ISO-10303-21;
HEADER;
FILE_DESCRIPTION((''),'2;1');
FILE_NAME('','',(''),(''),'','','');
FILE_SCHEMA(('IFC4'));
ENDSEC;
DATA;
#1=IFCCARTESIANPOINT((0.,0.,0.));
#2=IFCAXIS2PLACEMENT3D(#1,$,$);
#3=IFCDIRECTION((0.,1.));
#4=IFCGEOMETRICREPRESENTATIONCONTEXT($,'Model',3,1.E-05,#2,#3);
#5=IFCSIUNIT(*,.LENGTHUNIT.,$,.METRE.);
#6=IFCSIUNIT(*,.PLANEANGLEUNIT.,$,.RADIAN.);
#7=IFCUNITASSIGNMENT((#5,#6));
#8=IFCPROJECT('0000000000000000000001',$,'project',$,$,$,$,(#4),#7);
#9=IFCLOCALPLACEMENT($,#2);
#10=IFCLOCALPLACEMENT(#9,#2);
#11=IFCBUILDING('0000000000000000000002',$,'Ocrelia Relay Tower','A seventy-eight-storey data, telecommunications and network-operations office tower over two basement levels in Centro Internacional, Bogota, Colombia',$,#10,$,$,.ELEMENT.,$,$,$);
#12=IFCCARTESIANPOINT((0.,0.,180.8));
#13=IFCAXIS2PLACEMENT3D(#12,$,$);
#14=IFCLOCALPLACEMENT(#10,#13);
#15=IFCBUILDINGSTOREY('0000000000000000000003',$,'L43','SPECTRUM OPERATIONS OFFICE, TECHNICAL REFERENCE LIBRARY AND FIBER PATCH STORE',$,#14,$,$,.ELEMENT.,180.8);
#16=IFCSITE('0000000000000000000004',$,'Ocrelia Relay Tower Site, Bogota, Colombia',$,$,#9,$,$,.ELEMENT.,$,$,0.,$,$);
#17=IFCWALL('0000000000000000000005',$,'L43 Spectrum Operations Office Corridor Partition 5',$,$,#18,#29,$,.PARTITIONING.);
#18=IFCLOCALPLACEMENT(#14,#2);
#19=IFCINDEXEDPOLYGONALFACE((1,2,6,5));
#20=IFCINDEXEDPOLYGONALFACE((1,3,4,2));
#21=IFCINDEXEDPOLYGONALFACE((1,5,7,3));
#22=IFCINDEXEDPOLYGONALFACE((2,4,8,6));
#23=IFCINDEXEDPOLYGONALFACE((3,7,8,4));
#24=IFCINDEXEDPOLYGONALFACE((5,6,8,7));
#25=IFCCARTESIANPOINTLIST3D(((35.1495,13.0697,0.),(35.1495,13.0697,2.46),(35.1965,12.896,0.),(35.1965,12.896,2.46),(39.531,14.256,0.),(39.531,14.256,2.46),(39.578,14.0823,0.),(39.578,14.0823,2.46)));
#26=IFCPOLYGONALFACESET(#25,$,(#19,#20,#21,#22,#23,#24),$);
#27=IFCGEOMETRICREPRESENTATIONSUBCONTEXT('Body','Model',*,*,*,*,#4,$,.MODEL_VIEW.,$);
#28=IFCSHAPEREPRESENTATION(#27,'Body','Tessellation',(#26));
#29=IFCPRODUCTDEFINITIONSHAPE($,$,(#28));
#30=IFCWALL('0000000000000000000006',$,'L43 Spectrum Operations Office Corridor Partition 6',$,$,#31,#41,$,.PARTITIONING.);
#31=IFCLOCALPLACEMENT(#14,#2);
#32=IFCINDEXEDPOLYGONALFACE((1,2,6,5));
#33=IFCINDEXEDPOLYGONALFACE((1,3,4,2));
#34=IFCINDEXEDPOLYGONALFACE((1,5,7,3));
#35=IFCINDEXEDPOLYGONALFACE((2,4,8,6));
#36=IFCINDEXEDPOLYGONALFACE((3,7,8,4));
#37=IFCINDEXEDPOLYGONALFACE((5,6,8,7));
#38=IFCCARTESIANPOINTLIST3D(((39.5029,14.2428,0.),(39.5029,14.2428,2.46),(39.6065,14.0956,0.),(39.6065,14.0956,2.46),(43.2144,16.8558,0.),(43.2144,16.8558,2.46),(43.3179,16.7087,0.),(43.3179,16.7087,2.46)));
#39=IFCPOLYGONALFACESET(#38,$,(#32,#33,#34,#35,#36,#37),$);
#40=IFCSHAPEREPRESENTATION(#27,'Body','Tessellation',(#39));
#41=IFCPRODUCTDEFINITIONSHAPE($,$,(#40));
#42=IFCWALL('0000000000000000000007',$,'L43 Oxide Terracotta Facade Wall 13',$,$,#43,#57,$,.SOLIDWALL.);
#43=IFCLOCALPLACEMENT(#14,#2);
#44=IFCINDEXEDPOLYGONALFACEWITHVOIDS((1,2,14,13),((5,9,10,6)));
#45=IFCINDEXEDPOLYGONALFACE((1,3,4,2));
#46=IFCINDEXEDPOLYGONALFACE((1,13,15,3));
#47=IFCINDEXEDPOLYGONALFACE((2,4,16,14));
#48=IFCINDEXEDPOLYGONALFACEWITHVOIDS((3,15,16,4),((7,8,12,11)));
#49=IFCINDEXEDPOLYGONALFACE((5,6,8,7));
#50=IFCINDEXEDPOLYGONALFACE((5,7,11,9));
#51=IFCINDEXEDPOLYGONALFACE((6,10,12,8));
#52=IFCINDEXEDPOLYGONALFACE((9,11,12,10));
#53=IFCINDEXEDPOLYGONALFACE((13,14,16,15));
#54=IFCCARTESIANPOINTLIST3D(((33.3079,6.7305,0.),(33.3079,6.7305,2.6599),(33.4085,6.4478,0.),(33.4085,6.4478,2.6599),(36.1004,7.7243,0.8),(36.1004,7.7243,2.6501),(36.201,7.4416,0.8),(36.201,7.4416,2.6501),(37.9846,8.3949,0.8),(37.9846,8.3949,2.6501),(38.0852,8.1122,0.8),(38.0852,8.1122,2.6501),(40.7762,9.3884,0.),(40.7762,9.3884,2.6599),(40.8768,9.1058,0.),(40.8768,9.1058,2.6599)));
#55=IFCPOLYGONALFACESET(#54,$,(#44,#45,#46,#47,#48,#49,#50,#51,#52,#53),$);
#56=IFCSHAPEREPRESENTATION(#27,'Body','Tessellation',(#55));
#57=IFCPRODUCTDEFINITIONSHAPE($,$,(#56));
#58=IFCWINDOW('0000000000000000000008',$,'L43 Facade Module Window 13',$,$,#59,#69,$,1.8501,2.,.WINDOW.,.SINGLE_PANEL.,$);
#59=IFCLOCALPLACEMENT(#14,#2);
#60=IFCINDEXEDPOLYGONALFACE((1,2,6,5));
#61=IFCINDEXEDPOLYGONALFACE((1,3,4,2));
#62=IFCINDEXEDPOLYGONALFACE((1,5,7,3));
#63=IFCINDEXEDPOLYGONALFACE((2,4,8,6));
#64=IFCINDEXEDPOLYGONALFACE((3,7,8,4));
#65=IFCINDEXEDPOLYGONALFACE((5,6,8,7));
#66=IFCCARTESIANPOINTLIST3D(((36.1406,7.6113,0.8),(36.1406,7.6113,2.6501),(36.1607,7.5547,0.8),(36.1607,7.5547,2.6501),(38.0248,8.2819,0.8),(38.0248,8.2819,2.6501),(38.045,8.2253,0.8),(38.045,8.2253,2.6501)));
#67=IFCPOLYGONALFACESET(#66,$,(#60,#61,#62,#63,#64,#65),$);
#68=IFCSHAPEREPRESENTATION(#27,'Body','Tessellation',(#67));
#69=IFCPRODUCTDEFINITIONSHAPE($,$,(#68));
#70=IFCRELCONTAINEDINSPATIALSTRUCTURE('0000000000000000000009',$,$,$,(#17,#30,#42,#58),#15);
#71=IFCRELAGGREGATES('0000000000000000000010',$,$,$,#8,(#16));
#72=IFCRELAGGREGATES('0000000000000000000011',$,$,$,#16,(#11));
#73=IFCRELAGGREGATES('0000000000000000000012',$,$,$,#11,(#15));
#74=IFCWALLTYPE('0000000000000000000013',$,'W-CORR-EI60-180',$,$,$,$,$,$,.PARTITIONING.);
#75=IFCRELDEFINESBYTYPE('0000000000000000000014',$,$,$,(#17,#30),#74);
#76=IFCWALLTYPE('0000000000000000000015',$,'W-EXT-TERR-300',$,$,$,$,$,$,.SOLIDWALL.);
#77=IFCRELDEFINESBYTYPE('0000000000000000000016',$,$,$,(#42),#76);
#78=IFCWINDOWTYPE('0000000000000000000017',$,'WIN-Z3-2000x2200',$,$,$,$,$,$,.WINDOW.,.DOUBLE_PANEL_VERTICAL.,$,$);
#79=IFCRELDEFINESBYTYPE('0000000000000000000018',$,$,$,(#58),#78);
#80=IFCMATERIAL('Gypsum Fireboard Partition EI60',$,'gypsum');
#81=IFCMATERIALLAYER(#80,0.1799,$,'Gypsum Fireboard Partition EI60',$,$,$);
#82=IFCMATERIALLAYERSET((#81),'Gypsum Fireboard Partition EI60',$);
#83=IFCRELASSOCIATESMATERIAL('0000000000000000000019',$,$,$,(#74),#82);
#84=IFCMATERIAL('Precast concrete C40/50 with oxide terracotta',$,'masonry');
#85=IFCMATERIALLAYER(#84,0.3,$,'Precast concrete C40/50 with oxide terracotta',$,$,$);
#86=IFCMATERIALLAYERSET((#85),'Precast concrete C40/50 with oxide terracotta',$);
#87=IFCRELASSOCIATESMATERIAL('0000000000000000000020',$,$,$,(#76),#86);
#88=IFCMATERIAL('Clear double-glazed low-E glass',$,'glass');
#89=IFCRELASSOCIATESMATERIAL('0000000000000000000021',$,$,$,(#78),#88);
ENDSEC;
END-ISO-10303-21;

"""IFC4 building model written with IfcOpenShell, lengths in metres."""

from ifc_helpers import new_model, si_unit, direction, frame, frame_2d, origin, place, context, subcontext, project, spatial, rectangle, extrude, material, layer, layer_set, type_object, element, fill, save


model = new_model("IFC4")

# Units and contexts
model_context = context("Model", 3, precision=1e-05, world=origin(), true_north=direction((0.0, 1.0)))
body_context = subcontext(model_context, "Body", "Model", "MODEL_VIEW")
ifc_project = project(units=[si_unit("LENGTHUNIT", "METRE"), si_unit("PLANEANGLEUNIT", "RADIAN")], contexts=[model_context])

# Site, building, storey
site_placement = place(None, origin())
site = spatial("IfcSite", under=ifc_project, at=site_placement, Name="Ocrelia Relay Tower Site, Bogota, Colombia", CompositionType="ELEMENT", RefElevation=0.0)
building_placement = place(site_placement, origin())
building = spatial("IfcBuilding", under=site, at=building_placement, Name="Ocrelia Relay Tower", Description="A seventy-eight-storey data, telecommunications and network-operations office tower over two basement levels in Centro Internacional, Bogota, Colombia", CompositionType="ELEMENT")
storey_placement = place(building_placement, frame((0.0, 0.0, 180.8)))
storey = spatial("IfcBuildingStorey", under=building, at=storey_placement, Name="L43", Description="SPECTRUM OPERATIONS OFFICE, TECHNICAL REFERENCE LIBRARY AND FIBER PATCH STORE", CompositionType="ELEMENT", Elevation=180.8)

# Walls
ifc_material_1 = material(Name="Gypsum Fireboard Partition EI60", Category="gypsum")
ifc_layer_1 = layer(ifc_material_1, 0.1799, Name="Gypsum Fireboard Partition EI60")
ifc_layer_set_1 = layer_set([ifc_layer_1], Name="Gypsum Fireboard Partition EI60")
wall_type_1 = type_object("IfcWallType", Name="W-CORR-EI60-180", PredefinedType="PARTITIONING", material=ifc_layer_set_1)
wall_1_placement = place(storey_placement, frame((35.1731, 12.9829, 0.0), z_axis=(0.0, 0.0, 1.0), x_axis=(0.965249, 0.261333, 0.0)))
element("IfcWall", 1, at=wall_1_placement, inside=storey, type_object=wall_type_1, Name="L43 Spectrum Operations Office Corridor Partition 5", PredefinedType="PARTITIONING", context=body_context, shape_type="SweptSolid", body=[
    extrude(rectangle(XDim=4.5393, YDim=0.1799, at=frame_2d((2.2695, 0.0))), origin(), (0.0, 0.0, 1.0), 2.46),
])
wall_2_placement = place(storey_placement, frame((39.5547, 14.1692, 0.0), z_axis=(0.0, 0.0, 1.0), x_axis=(0.817672, 0.575684, 0.0)))
element("IfcWall", 2, at=wall_2_placement, inside=storey, type_object=wall_type_1, Name="L43 Spectrum Operations Office Corridor Partition 6", PredefinedType="PARTITIONING", context=body_context, shape_type="SweptSolid", body=[
    extrude(rectangle(XDim=4.5391, YDim=0.1799, at=frame_2d((2.2695, 0.0))), origin(), (0.0, 0.0, 1.0), 2.46),
])

# Wall, opening, window
ifc_material_2 = material(Name="Precast concrete C40/50 with oxide terracotta", Category="masonry")
ifc_layer_2 = layer(ifc_material_2, 0.3, Name="Precast concrete C40/50 with oxide terracotta")
ifc_layer_set_2 = layer_set([ifc_layer_2], Name="Precast concrete C40/50 with oxide terracotta")
wall_type_2 = type_object("IfcWallType", Name="W-EXT-TERR-300", PredefinedType="SOLIDWALL", material=ifc_layer_set_2)
wall_3_placement = place(storey_placement, frame((33.3582, 6.5891, 0.0), z_axis=(0.0, 0.0, 1.0), x_axis=(0.942112, 0.335298, 0.0)))
wall_3 = element("IfcWall", 3, at=wall_3_placement, inside=storey, type_object=wall_type_2, Name="L43 Oxide Terracotta Facade Wall 13", PredefinedType="SOLIDWALL", context=body_context, shape_type="SweptSolid", body=[
    extrude(rectangle(XDim=7.9272, YDim=0.3, at=frame_2d((3.9636, 0.0))), origin(), (0.0, 0.0, 1.0), 2.6599),
])
opening_1_placement = place(wall_3_placement, frame((2.9641, 0.0, 0.8)))
opening_1 = element("IfcOpeningElement", 4, at=opening_1_placement, cuts=wall_3, PredefinedType="OPENING", context=body_context, shape_type="SweptSolid", body=[
    extrude(rectangle(XDim=2.0, YDim=1.8501, at=frame_2d((1.0, 0.925))), frame((0.0, 0.1602, 0.0), z_axis=(0.0, -1.0, 0.0), x_axis=(1.0, 0.0, 0.0)), (0.0, 0.0, 1.0), 0.3201),
])
ifc_material_3 = material(Name="Clear double-glazed low-E glass", Category="glass")
window_type = type_object("IfcWindowType", Name="WIN-Z3-2000x2200", PartitioningType="DOUBLE_PANEL_VERTICAL", PredefinedType="WINDOW", material=ifc_material_3)
window_placement = place(opening_1_placement, origin())
window = element("IfcWindow", 5, at=window_placement, inside=storey, type_object=window_type, Name="L43 Facade Module Window 13", OverallHeight=1.8501, OverallWidth=2.0, PartitioningType="SINGLE_PANEL", PredefinedType="WINDOW", context=body_context, shape_type="SweptSolid", body=[
    extrude(rectangle(XDim=2.0, YDim=1.8501, at=frame_2d((1.0, 0.925))), frame((0.0, 0.03, 0.0), z_axis=(0.0, -1.0, 0.0), x_axis=(1.0, 0.0, 0.0)), (0.0, 0.0, 1.0), 0.0601),
])
fill(opening_1, window)

save(model, "model.ifc")
